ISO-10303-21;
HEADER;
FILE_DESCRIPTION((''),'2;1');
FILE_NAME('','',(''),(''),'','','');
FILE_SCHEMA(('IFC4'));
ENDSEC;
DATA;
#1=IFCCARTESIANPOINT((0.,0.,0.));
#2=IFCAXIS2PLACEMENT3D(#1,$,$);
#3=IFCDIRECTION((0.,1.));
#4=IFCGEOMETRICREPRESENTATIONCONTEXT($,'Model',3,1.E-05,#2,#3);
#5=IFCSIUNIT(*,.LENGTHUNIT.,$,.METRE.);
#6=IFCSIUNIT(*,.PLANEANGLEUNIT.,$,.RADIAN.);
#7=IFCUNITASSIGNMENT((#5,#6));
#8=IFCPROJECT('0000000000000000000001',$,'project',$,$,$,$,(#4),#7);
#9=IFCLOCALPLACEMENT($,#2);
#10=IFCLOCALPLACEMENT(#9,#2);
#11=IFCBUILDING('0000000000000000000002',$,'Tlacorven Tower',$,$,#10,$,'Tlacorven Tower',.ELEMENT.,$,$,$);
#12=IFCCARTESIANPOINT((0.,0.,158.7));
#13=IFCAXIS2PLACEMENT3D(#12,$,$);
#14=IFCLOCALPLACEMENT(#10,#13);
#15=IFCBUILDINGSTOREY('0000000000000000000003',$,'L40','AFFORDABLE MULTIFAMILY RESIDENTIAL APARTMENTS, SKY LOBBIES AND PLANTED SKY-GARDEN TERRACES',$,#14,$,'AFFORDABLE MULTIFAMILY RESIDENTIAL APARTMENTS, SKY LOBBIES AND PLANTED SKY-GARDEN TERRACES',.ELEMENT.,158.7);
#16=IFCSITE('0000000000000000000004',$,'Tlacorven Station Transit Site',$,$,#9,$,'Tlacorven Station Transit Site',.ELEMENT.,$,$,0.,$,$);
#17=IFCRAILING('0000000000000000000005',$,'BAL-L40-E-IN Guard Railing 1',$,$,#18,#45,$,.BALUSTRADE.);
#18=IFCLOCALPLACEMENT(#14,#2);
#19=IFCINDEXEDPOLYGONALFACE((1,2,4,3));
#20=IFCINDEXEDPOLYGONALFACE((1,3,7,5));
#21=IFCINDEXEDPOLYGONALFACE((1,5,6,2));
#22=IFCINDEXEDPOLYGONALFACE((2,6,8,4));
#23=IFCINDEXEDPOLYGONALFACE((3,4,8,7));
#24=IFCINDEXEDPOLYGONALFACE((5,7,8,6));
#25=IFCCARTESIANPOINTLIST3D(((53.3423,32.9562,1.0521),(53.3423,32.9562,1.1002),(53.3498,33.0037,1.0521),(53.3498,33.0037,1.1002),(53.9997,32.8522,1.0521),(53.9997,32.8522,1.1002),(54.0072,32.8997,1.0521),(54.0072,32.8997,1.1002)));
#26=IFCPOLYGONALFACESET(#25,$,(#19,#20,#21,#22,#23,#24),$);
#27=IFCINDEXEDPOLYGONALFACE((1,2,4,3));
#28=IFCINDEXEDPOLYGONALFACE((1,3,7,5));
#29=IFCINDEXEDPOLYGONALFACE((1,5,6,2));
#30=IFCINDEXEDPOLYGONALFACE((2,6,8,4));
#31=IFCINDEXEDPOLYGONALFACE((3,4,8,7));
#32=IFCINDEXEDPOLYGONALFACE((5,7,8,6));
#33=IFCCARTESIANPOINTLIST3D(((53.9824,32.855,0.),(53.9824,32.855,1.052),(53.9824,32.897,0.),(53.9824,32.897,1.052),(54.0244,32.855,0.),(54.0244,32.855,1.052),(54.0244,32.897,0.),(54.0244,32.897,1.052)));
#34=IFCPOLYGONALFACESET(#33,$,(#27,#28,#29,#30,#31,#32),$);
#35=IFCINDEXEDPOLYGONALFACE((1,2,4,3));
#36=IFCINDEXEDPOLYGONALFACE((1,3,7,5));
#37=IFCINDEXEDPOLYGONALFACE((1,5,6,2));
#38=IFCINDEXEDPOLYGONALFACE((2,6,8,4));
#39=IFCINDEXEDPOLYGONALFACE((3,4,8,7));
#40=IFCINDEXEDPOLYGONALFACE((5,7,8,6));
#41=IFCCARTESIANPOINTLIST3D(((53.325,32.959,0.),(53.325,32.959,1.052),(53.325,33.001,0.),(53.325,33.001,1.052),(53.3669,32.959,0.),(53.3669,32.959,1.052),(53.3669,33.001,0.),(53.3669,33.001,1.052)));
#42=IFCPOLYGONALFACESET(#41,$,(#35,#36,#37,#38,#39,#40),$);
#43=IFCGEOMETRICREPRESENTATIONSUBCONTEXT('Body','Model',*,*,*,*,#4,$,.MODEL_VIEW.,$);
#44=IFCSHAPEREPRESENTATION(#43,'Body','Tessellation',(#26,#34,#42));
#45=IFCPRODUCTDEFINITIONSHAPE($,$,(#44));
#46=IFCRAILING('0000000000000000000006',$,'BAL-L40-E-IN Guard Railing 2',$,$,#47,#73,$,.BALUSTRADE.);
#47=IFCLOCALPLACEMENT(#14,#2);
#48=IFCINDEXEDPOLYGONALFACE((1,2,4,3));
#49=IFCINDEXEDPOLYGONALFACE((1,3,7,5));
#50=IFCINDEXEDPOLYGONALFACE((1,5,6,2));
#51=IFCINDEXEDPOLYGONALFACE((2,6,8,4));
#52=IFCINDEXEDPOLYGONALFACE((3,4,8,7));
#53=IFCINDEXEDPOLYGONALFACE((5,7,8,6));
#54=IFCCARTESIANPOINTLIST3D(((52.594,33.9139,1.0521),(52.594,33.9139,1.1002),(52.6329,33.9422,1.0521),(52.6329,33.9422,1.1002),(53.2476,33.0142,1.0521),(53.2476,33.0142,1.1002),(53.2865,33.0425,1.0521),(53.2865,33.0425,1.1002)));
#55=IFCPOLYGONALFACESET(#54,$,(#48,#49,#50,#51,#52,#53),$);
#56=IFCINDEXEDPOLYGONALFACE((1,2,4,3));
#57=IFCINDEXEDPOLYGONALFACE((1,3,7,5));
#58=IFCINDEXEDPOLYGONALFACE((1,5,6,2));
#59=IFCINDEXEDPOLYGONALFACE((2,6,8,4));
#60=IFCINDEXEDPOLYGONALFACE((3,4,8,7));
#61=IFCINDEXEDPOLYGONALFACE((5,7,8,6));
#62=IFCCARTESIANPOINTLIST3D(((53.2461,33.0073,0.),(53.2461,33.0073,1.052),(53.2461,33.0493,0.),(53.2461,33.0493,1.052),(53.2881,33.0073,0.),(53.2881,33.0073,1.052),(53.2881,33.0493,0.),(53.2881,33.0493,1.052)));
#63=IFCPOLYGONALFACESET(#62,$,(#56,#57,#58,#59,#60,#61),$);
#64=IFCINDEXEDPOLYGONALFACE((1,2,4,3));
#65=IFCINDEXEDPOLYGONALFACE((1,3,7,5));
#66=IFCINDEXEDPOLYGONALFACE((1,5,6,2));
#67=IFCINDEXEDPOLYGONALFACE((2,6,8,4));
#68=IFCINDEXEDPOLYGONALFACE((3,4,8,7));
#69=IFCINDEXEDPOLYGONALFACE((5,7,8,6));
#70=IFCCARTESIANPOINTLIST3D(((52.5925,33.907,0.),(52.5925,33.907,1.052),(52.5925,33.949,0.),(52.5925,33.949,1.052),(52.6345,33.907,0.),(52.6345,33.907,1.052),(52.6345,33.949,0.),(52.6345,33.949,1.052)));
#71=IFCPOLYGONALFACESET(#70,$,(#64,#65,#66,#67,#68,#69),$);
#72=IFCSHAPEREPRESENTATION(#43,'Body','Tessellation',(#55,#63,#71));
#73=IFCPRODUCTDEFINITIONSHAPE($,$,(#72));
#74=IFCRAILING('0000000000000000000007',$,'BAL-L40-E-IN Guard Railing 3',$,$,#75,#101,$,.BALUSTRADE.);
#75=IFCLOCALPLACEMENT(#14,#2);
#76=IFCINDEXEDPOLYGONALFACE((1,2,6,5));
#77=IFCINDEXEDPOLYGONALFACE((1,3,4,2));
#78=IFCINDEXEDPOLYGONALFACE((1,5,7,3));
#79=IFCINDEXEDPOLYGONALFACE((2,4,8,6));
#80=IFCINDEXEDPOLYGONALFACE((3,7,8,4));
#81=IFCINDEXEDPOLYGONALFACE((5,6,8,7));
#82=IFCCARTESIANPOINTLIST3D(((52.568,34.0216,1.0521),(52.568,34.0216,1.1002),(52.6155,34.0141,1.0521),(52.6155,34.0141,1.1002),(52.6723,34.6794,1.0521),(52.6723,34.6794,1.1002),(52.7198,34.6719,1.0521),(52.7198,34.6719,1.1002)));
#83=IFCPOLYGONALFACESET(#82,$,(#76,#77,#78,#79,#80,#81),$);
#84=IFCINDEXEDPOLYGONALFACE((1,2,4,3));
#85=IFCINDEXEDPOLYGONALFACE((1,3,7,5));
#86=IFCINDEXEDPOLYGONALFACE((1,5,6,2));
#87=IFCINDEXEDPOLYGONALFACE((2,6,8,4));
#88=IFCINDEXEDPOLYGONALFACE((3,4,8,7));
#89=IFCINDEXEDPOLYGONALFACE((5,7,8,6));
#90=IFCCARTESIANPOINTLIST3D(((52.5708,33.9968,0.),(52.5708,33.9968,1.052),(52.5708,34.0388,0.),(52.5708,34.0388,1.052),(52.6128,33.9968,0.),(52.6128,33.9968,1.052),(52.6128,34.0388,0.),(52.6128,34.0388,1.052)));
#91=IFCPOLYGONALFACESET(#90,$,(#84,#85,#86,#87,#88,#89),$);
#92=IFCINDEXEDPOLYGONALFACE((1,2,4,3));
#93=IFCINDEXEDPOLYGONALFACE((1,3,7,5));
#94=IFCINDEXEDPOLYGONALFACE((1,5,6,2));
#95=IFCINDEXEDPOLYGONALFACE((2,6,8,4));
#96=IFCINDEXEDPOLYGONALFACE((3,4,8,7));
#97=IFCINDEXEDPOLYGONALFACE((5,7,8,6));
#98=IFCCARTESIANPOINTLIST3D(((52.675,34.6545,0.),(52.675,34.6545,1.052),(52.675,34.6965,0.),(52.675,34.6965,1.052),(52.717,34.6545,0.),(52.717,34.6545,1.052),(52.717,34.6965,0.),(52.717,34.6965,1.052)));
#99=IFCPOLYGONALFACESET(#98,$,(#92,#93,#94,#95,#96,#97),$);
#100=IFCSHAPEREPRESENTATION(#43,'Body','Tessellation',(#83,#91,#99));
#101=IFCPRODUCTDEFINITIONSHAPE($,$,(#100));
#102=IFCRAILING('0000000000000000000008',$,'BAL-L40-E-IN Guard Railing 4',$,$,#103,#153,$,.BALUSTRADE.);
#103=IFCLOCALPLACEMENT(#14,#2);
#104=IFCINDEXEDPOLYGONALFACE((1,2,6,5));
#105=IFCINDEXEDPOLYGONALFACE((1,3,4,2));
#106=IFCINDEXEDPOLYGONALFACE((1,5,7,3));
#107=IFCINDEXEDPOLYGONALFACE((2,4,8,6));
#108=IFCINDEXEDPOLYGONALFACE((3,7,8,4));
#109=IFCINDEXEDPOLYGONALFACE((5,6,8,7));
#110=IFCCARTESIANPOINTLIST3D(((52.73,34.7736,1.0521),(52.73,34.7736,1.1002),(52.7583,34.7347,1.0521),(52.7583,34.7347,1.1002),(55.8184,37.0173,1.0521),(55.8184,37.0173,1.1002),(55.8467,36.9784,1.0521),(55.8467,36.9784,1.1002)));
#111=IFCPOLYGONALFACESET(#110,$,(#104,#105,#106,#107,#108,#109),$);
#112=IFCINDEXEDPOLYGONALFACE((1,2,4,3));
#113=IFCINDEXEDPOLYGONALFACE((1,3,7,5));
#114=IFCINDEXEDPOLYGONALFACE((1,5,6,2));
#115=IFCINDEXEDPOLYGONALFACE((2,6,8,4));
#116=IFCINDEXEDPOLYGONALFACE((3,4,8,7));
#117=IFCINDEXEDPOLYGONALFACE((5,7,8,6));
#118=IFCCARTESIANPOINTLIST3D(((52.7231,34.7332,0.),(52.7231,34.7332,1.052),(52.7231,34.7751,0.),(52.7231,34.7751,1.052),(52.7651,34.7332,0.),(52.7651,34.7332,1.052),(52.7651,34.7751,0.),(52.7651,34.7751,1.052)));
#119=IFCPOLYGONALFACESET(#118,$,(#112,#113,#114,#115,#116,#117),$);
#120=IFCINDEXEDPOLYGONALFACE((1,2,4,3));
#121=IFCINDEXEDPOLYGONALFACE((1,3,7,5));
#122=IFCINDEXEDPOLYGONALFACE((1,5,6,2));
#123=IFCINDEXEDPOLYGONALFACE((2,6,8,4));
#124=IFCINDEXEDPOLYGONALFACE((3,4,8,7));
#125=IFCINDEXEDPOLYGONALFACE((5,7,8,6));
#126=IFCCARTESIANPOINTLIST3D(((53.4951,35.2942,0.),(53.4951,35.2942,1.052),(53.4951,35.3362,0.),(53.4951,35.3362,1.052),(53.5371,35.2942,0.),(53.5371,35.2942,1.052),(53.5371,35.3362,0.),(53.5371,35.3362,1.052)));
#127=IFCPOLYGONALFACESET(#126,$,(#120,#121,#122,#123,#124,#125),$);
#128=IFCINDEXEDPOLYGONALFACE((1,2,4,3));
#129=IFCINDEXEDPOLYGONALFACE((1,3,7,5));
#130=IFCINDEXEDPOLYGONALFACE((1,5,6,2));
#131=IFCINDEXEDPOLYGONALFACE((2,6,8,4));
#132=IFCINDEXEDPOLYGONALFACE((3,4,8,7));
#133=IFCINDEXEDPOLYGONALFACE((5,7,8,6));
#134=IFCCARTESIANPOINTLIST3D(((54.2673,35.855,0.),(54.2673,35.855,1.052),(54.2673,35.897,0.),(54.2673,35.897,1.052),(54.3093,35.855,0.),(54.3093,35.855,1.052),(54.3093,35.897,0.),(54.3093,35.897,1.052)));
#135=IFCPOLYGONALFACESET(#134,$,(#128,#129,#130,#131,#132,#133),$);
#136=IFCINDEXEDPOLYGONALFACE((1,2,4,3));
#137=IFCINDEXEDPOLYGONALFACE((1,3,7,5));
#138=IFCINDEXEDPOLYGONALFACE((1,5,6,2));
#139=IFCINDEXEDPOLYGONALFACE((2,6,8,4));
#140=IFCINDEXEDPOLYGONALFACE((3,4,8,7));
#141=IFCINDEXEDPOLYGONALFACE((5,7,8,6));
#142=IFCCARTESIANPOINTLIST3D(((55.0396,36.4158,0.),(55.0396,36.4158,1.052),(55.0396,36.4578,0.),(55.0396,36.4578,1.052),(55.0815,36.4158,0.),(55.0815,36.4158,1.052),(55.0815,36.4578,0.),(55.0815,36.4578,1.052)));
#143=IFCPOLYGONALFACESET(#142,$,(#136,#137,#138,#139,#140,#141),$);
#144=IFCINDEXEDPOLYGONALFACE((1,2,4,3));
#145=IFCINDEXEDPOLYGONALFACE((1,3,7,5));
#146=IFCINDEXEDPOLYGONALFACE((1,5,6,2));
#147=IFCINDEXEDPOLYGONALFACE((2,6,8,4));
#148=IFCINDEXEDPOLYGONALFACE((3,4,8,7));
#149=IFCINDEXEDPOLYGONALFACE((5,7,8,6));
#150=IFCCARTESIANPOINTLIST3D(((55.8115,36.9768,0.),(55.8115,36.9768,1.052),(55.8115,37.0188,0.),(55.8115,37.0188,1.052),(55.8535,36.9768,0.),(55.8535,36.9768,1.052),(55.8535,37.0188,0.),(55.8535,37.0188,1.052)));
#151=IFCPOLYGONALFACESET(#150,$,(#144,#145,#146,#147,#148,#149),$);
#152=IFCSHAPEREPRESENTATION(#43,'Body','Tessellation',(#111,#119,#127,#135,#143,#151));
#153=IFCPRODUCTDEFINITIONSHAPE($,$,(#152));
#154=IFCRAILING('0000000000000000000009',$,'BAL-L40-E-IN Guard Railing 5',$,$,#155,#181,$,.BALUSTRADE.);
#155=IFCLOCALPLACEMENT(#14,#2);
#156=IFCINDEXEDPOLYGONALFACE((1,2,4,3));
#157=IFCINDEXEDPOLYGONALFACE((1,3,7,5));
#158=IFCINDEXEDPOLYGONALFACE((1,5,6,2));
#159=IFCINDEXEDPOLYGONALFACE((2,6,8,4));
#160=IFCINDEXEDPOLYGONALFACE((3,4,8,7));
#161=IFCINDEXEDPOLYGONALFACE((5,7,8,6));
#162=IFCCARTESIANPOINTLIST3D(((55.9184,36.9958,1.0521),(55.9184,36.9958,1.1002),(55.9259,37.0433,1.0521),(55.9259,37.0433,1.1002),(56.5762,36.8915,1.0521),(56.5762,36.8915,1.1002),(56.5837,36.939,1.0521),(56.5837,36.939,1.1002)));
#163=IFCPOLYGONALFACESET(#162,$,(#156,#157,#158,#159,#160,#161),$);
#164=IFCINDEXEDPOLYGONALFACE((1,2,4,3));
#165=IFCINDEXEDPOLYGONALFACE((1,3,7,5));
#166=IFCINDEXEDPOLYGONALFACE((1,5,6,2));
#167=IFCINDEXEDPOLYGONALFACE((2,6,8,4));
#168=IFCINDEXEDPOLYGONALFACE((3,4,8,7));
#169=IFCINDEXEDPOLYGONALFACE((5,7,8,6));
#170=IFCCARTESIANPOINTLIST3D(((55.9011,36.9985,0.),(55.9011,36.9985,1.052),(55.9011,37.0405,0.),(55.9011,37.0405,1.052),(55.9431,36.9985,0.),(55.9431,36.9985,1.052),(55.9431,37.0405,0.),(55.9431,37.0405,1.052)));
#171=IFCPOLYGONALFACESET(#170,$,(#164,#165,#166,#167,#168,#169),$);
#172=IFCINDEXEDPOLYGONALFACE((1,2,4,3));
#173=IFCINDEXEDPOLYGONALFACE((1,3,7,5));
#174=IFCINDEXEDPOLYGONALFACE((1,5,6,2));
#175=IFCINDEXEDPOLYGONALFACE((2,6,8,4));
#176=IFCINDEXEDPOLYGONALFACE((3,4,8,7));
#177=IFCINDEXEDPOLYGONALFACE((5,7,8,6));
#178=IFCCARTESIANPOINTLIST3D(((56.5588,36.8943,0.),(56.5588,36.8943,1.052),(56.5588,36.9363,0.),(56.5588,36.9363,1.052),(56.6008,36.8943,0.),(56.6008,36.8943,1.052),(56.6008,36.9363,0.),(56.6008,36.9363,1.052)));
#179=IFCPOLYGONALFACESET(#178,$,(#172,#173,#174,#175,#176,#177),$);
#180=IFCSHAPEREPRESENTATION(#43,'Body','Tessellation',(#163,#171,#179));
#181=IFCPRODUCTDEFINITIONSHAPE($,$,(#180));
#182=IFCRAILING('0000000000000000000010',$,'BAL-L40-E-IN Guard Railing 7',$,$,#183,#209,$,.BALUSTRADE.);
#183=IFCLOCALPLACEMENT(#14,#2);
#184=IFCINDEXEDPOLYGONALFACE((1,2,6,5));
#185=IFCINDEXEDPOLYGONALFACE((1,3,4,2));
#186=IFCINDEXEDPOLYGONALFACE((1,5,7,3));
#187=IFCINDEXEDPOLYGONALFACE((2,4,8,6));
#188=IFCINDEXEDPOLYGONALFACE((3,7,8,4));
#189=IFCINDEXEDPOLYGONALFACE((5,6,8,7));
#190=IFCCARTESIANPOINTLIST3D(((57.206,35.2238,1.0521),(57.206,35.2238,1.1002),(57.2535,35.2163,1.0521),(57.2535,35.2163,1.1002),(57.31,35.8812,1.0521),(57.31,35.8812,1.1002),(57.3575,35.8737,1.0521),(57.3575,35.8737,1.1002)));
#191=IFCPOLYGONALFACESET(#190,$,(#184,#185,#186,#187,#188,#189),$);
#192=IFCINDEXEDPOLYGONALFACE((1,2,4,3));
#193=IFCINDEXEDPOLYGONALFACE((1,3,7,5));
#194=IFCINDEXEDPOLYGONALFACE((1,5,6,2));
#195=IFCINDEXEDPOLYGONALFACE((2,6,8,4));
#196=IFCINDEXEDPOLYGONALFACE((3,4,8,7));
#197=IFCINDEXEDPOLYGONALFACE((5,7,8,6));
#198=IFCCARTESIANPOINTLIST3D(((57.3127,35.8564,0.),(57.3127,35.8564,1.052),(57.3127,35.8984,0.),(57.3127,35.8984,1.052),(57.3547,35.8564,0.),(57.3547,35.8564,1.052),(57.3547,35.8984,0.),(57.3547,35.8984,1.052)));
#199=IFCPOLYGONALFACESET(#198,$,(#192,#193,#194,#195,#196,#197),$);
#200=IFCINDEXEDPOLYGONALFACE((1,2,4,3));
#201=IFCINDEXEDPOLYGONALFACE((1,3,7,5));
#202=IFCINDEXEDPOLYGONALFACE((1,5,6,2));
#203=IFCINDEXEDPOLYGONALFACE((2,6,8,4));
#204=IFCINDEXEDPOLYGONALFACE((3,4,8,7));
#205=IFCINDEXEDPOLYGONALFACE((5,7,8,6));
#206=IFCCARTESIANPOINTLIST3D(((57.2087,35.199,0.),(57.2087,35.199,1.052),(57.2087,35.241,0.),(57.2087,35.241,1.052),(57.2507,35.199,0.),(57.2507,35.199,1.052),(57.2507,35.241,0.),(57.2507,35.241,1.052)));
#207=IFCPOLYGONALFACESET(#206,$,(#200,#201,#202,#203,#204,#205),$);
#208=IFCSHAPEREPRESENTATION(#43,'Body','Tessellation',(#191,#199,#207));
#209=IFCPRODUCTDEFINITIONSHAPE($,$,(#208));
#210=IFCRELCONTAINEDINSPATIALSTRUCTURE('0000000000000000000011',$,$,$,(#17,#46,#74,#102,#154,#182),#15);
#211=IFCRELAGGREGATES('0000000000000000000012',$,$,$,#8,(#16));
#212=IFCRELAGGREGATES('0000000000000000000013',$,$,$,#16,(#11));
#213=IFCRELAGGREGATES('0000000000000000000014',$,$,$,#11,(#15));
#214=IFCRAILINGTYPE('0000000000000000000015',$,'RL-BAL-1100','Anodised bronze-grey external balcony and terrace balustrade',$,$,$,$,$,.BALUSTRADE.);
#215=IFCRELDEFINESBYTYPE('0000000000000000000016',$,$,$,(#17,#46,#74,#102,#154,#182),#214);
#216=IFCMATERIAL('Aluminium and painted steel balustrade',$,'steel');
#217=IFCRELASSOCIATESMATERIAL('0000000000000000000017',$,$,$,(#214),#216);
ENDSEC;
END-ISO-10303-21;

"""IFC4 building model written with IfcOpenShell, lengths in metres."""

from ifc_helpers import new_model, si_unit, direction, frame, origin, origin_2d, place, context, subcontext, project, spatial, rectangle, extrude, source, transform, mapped, material, type_object, element, save


model = new_model("IFC4")

# Units and contexts
model_context = context("Model", 3, precision=1e-05, world=origin(), true_north=direction((0.0, 1.0)))
body_context = subcontext(model_context, "Body", "Model", "MODEL_VIEW")
ifc_project = project(units=[si_unit("LENGTHUNIT", "METRE"), si_unit("PLANEANGLEUNIT", "RADIAN")], contexts=[model_context])

# Site, building, storey
site_placement = place(None, origin())
site = spatial("IfcSite", under=ifc_project, at=site_placement, Name="Tlacorven Station Transit Site", LongName="Tlacorven Station Transit Site", CompositionType="ELEMENT", RefElevation=0.0)
building_placement = place(site_placement, origin())
building = spatial("IfcBuilding", under=site, at=building_placement, Name="Tlacorven Tower", LongName="Tlacorven Tower", CompositionType="ELEMENT")
storey_placement = place(building_placement, frame((0.0, 0.0, 158.7)))
storey = spatial("IfcBuildingStorey", under=building, at=storey_placement, Name="L40", Description="AFFORDABLE MULTIFAMILY RESIDENTIAL APARTMENTS, SKY LOBBIES AND PLANTED SKY-GARDEN TERRACES", LongName="AFFORDABLE MULTIFAMILY RESIDENTIAL APARTMENTS, SKY LOBBIES AND PLANTED SKY-GARDEN TERRACES", CompositionType="ELEMENT", Elevation=158.7)

# Railings
ifc_material_1 = material(Name="Aluminium and painted steel balustrade", Category="steel")
railing_type_1 = type_object("IfcRailingType", Name="RL-BAL-1100", Description="Anodised bronze-grey external balcony and terrace balustrade", PredefinedType="BALUSTRADE", material=ifc_material_1)
shared_shape_1 = source(origin(), body_context, "Body", "SweptSolid", [
    extrude(rectangle(XDim=0.0481, YDim=0.0481, at=origin_2d()), frame((0.0, 0.0, 1.0762), z_axis=(-0.987718, 0.156245, 0.0), x_axis=(-0.156245, -0.987718, 0.0)), (0.0, 0.0, 1.0), 0.6655),
    extrude(rectangle(XDim=0.042, YDim=0.042, at=origin_2d()), origin(), (0.0, 0.0, 1.0), 1.052),
    extrude(rectangle(XDim=0.042, YDim=0.042, at=origin_2d()), frame((-0.6575, 0.104, 0.0)), (0.0, 0.0, 1.0), 1.052),
])
railing_1_placement = place(storey_placement, frame((54.0034, 32.876, 0.0)))
element("IfcRailing", 1, at=railing_1_placement, inside=storey, type_object=railing_type_1, Name="BAL-L40-E-IN Guard Railing 1", PredefinedType="BALUSTRADE", context=body_context, shape_type="MappedRepresentation", body=[
    mapped(shared_shape_1, transform((0.0, 0.0, 0.0), scale=1.0)),
])
shared_shape_2 = source(origin(), body_context, "Body", "SweptSolid", [
    extrude(rectangle(XDim=0.0481, YDim=0.0481, at=origin_2d()), frame((0.0, 0.0, 1.0762), z_axis=(-0.587741, 0.809049, 0.0), x_axis=(-0.809049, -0.587741, 0.0)), (0.0, 0.0, 1.0), 1.1121),
    extrude(rectangle(XDim=0.042, YDim=0.042, at=origin_2d()), origin(), (0.0, 0.0, 1.0), 1.052),
    extrude(rectangle(XDim=0.042, YDim=0.042, at=origin_2d()), frame((-0.6536, 0.8997, 0.0)), (0.0, 0.0, 1.0), 1.052),
])
railing_2_placement = place(storey_placement, frame((53.2671, 33.0283, 0.0)))
element("IfcRailing", 2, at=railing_2_placement, inside=storey, type_object=railing_type_1, Name="BAL-L40-E-IN Guard Railing 2", PredefinedType="BALUSTRADE", context=body_context, shape_type="MappedRepresentation", body=[
    mapped(shared_shape_2, transform((0.0, 0.0, 0.0), scale=1.0)),
])
shared_shape_3 = source(origin(), body_context, "Body", "SweptSolid", [
    extrude(rectangle(XDim=0.0481, YDim=0.0481, at=origin_2d()), frame((0.0, 0.0, 1.0762), z_axis=(0.156546, 0.987671, 0.0), x_axis=(-0.987671, 0.156546, 0.0)), (0.0, 0.0, 1.0), 0.666),
    extrude(rectangle(XDim=0.042, YDim=0.042, at=origin_2d()), origin(), (0.0, 0.0, 1.0), 1.052),
    extrude(rectangle(XDim=0.042, YDim=0.042, at=origin_2d()), frame((0.1042, 0.6577, 0.0)), (0.0, 0.0, 1.0), 1.052),
])
railing_3_placement = place(storey_placement, frame((52.5918, 34.0178, 0.0)))
element("IfcRailing", 3, at=railing_3_placement, inside=storey, type_object=railing_type_1, Name="BAL-L40-E-IN Guard Railing 3", PredefinedType="BALUSTRADE", context=body_context, shape_type="MappedRepresentation", body=[
    mapped(shared_shape_3, transform((0.0, 0.0, 0.0), scale=1.0)),
])
shared_shape_4 = source(origin(), body_context, "Body", "SweptSolid", [
    extrude(rectangle(XDim=0.0481, YDim=0.0481, at=origin_2d()), frame((0.0, 0.0, 1.0762), z_axis=(0.80904, 0.587753, 0.0), x_axis=(-0.587753, 0.80904, 0.0)), (0.0, 0.0, 1.0), 3.8174),
    extrude(rectangle(XDim=0.042, YDim=0.042, at=origin_2d()), origin(), (0.0, 0.0, 1.0), 1.052),
    extrude(rectangle(XDim=0.042, YDim=0.042, at=origin_2d()), frame((0.772, 0.561, 0.0)), (0.0, 0.0, 1.0), 1.052),
    extrude(rectangle(XDim=0.042, YDim=0.042, at=origin_2d()), frame((1.5442, 1.1218, 0.0)), (0.0, 0.0, 1.0), 1.052),
    extrude(rectangle(XDim=0.042, YDim=0.042, at=origin_2d()), frame((2.3164, 1.6826, 0.0)), (0.0, 0.0, 1.0), 1.052),
    extrude(rectangle(XDim=0.042, YDim=0.042, at=origin_2d()), frame((3.0884, 2.2437, 0.0)), (0.0, 0.0, 1.0), 1.052),
])
railing_4_placement = place(storey_placement, frame((52.7441, 34.7542, 0.0)))
element("IfcRailing", 4, at=railing_4_placement, inside=storey, type_object=railing_type_1, Name="BAL-L40-E-IN Guard Railing 4", PredefinedType="BALUSTRADE", context=body_context, shape_type="MappedRepresentation", body=[
    mapped(shared_shape_4, transform((0.0, 0.0, 0.0), scale=1.0)),
])
shared_shape_5 = source(origin(), body_context, "Body", "SweptSolid", [
    extrude(rectangle(XDim=0.0481, YDim=0.0481, at=origin_2d()), frame((0.0, 0.0, 1.0762), z_axis=(0.987671, -0.156546, 0.0), x_axis=(0.156546, 0.987671, 0.0)), (0.0, 0.0, 1.0), 0.666),
    extrude(rectangle(XDim=0.042, YDim=0.042, at=origin_2d()), origin(), (0.0, 0.0, 1.0), 1.052),
    extrude(rectangle(XDim=0.042, YDim=0.042, at=origin_2d()), frame((0.6577, -0.1042, 0.0)), (0.0, 0.0, 1.0), 1.052),
])
railing_5_placement = place(storey_placement, frame((55.9221, 37.0195, 0.0)))
element("IfcRailing", 5, at=railing_5_placement, inside=storey, type_object=railing_type_1, Name="BAL-L40-E-IN Guard Railing 5", PredefinedType="BALUSTRADE", context=body_context, shape_type="MappedRepresentation", body=[
    mapped(shared_shape_5, transform((0.0, 0.0, 0.0), scale=1.0)),
])
shared_shape_6 = source(origin(), body_context, "Body", "SweptSolid", [
    extrude(rectangle(XDim=0.0481, YDim=0.0481, at=origin_2d()), frame((0.0, 0.0, 1.0762), z_axis=(-0.156245, -0.987718, 0.0), x_axis=(0.987718, -0.156245, 0.0)), (0.0, 0.0, 1.0), 0.6655),
    extrude(rectangle(XDim=0.042, YDim=0.042, at=origin_2d()), origin(), (0.0, 0.0, 1.0), 1.052),
    extrude(rectangle(XDim=0.042, YDim=0.042, at=origin_2d()), frame((-0.104, -0.6575, 0.0)), (0.0, 0.0, 1.0), 1.052),
])
railing_6_placement = place(storey_placement, frame((57.3337, 35.8774, 0.0)))
element("IfcRailing", 6, at=railing_6_placement, inside=storey, type_object=railing_type_1, Name="BAL-L40-E-IN Guard Railing 7", PredefinedType="BALUSTRADE", context=body_context, shape_type="MappedRepresentation", body=[
    mapped(shared_shape_6, transform((0.0, 0.0, 0.0), scale=1.0)),
])

save(model, "model.ifc")
